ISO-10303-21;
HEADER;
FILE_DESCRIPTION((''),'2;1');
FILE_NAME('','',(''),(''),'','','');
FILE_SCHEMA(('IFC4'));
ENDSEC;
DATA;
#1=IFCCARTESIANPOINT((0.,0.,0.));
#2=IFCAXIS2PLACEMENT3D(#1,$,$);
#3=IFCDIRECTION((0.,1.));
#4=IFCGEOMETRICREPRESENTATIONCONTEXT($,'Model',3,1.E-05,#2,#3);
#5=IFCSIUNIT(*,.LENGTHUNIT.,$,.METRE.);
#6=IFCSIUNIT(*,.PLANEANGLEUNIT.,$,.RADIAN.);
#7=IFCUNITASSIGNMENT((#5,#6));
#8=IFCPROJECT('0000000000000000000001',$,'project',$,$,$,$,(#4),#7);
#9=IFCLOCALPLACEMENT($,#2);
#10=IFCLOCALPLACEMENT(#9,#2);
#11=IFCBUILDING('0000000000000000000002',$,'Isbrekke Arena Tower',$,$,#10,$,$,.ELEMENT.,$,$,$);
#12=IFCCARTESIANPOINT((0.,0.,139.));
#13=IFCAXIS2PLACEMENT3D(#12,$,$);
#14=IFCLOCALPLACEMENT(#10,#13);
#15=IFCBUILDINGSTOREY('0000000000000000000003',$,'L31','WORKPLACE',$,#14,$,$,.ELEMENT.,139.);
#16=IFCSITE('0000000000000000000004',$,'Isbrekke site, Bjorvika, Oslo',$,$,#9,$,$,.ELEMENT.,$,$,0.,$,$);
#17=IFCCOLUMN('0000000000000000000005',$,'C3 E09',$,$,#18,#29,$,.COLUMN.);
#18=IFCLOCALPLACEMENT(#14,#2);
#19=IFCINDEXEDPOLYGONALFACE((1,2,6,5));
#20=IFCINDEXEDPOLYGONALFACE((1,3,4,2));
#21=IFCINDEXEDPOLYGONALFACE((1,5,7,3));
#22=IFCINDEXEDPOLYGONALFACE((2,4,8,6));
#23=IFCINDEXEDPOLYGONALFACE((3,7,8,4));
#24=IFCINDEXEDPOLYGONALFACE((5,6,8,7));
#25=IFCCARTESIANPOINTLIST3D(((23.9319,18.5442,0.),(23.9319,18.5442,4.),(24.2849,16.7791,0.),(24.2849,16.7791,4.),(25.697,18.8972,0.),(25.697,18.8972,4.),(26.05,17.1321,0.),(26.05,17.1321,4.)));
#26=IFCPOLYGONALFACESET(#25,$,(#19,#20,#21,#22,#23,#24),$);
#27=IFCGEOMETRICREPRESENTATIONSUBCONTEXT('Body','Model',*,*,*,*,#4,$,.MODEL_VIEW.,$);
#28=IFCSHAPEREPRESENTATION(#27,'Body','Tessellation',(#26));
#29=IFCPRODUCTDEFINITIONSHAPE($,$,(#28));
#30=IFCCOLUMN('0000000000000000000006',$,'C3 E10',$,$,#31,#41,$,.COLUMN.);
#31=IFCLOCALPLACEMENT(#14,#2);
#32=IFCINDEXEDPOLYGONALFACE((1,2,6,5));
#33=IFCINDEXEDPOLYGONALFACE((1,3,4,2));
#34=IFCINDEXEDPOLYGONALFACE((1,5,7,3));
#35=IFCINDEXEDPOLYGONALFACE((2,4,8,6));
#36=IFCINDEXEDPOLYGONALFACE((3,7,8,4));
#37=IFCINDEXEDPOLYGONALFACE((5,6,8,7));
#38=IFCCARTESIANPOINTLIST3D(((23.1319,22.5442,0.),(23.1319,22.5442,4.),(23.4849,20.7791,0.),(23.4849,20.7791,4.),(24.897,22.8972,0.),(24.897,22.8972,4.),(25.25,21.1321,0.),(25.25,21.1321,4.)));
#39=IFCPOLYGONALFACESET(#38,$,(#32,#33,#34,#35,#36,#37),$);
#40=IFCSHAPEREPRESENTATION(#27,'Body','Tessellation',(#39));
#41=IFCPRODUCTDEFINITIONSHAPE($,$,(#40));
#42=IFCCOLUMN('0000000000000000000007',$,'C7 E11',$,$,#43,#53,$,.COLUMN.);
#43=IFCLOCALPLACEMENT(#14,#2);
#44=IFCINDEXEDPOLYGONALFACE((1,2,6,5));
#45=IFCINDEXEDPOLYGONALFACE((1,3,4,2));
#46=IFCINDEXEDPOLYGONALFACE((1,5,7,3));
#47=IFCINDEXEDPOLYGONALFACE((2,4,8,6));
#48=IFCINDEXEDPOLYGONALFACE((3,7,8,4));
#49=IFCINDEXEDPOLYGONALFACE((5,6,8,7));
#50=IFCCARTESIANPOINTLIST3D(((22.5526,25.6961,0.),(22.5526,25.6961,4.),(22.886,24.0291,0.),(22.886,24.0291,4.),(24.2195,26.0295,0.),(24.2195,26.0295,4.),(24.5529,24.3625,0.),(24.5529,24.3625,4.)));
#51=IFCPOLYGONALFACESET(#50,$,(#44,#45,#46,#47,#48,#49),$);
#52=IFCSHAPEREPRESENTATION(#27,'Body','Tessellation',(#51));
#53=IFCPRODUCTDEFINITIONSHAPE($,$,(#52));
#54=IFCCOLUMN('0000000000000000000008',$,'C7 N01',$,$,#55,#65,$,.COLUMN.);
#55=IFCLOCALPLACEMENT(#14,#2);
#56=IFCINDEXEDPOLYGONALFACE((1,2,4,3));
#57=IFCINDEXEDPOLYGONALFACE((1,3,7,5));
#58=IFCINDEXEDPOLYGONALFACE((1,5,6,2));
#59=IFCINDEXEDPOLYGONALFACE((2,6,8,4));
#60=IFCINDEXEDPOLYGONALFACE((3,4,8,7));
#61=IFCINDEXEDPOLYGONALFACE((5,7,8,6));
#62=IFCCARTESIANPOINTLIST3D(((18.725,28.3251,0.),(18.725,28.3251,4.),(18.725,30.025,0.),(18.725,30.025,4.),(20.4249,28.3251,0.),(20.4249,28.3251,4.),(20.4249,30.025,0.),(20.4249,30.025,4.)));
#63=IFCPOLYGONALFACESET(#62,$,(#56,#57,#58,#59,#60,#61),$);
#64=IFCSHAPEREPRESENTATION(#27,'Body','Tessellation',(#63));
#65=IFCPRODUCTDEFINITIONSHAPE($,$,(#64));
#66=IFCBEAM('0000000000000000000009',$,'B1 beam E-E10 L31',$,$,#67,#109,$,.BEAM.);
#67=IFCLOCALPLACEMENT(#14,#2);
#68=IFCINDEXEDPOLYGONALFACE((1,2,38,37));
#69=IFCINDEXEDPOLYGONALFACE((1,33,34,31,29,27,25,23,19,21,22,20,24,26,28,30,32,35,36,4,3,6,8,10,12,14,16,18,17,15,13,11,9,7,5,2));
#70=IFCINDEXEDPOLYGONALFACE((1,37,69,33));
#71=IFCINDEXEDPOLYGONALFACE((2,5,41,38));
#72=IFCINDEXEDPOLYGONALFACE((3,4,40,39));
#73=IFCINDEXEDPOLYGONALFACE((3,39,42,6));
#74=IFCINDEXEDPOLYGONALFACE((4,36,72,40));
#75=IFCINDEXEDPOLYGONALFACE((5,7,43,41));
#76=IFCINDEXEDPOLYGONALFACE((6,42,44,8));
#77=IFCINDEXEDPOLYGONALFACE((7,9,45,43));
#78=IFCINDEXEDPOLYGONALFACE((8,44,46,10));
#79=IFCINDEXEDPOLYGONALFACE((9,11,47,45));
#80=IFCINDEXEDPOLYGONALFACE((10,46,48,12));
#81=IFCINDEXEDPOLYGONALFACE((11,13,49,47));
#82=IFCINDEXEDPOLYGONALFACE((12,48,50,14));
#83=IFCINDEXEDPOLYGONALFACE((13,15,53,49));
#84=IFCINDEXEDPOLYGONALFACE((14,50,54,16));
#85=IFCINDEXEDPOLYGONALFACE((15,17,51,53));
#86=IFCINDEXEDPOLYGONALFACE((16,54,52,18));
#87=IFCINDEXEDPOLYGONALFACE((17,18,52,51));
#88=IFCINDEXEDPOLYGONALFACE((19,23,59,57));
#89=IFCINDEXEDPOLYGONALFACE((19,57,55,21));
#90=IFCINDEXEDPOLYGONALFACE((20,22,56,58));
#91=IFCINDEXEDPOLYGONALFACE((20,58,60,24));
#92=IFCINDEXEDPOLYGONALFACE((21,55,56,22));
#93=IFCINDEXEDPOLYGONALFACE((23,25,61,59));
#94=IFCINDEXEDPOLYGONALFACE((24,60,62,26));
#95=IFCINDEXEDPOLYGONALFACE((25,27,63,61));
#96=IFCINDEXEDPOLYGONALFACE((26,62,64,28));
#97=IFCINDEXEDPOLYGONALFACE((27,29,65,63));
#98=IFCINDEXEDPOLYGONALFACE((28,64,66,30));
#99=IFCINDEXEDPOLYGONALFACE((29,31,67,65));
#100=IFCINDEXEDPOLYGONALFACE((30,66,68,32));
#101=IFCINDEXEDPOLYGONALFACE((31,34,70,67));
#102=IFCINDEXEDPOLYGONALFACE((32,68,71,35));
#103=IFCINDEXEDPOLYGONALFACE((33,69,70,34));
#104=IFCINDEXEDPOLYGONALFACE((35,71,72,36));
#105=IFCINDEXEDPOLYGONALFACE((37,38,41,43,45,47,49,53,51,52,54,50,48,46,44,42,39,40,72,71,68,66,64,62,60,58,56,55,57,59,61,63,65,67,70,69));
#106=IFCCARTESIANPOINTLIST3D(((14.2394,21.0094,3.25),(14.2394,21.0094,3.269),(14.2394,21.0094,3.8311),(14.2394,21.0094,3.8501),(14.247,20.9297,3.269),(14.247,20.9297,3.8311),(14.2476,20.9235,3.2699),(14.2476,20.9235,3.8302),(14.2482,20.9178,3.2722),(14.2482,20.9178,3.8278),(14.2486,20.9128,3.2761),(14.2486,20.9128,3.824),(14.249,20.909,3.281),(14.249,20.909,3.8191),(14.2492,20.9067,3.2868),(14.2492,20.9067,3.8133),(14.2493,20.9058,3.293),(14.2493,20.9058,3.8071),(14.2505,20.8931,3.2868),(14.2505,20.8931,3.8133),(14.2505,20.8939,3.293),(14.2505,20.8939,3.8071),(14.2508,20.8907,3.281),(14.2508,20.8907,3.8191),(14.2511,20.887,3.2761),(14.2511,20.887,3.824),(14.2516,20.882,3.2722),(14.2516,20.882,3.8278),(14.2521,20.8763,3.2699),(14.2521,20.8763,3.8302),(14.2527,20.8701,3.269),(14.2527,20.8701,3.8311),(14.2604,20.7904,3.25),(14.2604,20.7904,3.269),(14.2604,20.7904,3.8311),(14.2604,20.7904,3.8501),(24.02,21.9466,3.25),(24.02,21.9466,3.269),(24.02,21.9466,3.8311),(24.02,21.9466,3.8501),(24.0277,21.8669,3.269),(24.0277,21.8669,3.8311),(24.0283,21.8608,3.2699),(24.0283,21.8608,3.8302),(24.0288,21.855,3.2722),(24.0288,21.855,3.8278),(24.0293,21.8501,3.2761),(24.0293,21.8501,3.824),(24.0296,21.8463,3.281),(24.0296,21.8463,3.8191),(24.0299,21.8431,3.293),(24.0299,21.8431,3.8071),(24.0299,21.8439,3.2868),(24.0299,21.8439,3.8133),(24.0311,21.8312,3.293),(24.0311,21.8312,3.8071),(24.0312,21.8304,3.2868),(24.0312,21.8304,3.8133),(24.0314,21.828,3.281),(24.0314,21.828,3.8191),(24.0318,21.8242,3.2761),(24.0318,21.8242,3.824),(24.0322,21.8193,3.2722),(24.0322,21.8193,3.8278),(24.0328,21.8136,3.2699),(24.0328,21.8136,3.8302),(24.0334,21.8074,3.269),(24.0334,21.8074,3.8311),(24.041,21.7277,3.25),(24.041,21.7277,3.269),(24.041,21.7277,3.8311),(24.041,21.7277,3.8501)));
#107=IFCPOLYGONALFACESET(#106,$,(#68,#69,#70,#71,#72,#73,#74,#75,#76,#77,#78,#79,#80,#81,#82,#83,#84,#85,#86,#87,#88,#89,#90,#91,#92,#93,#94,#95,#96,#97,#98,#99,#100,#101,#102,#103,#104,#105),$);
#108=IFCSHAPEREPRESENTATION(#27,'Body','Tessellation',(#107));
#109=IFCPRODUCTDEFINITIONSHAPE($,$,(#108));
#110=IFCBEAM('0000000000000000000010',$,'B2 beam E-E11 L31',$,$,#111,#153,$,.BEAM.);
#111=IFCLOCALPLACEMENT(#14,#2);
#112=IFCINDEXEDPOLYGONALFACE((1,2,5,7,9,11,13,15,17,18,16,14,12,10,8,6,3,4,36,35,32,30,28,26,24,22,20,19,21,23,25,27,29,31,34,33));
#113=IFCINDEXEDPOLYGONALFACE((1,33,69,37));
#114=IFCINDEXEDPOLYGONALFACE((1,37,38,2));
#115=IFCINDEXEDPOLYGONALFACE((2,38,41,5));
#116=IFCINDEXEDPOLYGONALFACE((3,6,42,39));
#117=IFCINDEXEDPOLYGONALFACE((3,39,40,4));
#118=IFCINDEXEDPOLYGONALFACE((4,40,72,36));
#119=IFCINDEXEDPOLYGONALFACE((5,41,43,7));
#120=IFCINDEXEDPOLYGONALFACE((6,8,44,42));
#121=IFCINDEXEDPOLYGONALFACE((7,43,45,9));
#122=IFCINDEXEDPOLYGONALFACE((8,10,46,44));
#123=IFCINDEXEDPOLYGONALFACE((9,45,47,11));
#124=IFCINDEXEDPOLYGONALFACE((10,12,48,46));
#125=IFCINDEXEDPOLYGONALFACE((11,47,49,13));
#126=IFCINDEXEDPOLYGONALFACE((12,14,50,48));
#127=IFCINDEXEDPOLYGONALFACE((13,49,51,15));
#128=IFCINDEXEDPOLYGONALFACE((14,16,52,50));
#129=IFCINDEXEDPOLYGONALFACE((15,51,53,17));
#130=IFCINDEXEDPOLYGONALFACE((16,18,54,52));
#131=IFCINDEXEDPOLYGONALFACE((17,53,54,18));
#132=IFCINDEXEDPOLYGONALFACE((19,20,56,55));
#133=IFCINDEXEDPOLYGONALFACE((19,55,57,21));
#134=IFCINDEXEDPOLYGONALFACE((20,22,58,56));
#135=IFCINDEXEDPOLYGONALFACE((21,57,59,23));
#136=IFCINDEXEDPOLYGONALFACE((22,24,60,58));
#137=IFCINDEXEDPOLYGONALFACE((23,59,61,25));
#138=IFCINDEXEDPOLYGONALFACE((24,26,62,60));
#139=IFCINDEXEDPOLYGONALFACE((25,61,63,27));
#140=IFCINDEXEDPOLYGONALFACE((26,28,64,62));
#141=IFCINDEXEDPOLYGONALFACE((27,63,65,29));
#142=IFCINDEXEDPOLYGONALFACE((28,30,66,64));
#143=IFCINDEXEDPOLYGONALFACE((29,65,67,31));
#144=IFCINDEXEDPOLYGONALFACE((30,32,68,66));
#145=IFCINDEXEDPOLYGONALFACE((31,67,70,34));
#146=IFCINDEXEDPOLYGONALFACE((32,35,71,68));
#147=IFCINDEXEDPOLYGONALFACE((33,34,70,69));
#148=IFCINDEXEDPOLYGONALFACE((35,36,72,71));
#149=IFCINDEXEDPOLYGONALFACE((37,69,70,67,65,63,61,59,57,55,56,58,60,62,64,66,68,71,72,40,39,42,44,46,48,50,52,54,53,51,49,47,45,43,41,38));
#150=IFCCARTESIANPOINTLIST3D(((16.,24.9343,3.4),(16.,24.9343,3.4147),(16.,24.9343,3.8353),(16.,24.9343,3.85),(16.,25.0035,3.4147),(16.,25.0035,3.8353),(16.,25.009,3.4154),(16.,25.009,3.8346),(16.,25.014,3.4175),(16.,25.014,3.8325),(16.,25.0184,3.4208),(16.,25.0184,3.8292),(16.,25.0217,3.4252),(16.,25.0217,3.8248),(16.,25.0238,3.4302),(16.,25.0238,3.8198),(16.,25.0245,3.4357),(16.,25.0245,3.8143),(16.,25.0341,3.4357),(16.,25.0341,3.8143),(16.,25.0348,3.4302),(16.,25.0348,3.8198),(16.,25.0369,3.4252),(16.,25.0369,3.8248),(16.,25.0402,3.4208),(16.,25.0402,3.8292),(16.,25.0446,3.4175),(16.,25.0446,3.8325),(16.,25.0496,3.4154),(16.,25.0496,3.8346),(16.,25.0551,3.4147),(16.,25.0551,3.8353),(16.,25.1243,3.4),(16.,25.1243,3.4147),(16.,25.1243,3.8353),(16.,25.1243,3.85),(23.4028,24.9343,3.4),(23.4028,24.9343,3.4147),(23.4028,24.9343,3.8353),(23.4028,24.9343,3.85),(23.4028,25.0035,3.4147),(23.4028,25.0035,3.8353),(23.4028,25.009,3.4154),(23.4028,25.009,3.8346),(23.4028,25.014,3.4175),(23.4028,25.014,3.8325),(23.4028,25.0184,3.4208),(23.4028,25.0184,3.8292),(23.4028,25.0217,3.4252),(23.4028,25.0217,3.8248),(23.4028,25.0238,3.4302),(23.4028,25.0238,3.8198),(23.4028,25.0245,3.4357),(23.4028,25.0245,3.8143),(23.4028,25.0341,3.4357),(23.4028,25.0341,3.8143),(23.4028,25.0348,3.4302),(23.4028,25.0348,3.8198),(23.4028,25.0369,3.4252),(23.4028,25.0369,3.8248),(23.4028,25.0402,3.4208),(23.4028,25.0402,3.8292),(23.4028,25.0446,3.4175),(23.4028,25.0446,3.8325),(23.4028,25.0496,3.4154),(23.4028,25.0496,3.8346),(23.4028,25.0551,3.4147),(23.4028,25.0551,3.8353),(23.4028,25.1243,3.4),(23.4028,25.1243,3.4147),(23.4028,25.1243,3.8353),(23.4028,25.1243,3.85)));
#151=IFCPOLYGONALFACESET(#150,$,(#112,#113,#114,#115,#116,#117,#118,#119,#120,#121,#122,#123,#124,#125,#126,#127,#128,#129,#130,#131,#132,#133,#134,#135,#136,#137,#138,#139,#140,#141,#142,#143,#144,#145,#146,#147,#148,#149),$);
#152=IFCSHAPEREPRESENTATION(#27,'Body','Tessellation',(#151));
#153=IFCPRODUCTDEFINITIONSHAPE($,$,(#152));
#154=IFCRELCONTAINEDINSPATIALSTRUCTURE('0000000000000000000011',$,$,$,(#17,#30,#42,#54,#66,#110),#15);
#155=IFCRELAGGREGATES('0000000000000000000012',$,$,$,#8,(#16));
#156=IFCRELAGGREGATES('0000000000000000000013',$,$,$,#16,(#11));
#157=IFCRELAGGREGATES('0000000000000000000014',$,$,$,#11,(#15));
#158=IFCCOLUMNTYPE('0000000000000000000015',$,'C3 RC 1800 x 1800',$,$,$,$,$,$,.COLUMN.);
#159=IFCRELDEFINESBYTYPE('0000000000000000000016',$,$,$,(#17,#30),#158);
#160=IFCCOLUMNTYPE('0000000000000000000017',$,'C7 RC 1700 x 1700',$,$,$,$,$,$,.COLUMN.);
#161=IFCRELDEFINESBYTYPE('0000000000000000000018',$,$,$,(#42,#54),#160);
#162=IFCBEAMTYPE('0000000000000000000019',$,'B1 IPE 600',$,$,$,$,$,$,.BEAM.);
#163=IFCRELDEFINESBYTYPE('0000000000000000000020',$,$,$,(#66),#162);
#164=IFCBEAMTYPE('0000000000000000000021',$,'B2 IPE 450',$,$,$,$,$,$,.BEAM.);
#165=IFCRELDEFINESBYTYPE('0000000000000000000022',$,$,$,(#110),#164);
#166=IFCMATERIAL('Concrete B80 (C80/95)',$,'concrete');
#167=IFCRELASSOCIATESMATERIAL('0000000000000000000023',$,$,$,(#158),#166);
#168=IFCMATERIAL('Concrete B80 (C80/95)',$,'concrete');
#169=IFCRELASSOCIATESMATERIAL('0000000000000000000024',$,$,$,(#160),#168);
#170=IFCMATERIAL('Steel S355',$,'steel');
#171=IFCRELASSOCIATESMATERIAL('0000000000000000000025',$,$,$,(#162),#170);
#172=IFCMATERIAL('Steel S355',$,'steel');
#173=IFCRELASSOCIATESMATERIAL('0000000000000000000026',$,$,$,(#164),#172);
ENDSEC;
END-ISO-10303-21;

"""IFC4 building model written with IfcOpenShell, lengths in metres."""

from ifc_helpers import new_model, si_unit, direction, frame, origin, origin_2d, place, context, subcontext, project, spatial, rectangle, i_section, extrude, material, material_profile, profile_set, type_object, element, save


model = new_model("IFC4")

# Units and contexts
model_context = context("Model", 3, precision=1e-05, world=origin(), true_north=direction((0.0, 1.0)))
body_context = subcontext(model_context, "Body", "Model", "MODEL_VIEW")
ifc_project = project(units=[si_unit("LENGTHUNIT", "METRE"), si_unit("PLANEANGLEUNIT", "RADIAN")], contexts=[model_context])

# Site, building, storey
site_placement = place(None, origin())
site = spatial("IfcSite", under=ifc_project, at=site_placement, Name="Isbrekke site, Bjorvika, Oslo", CompositionType="ELEMENT", RefElevation=0.0)
building_placement = place(site_placement, origin())
building = spatial("IfcBuilding", under=site, at=building_placement, Name="Isbrekke Arena Tower", CompositionType="ELEMENT")
storey_placement = place(building_placement, frame((0.0, 0.0, 139.0)))
storey = spatial("IfcBuildingStorey", under=building, at=storey_placement, Name="L31", Description="WORKPLACE", CompositionType="ELEMENT", Elevation=139.0)

# Columns
ifc_material_1 = material(Name="Concrete B80 (C80/95)", Category="concrete")
ifc_material_profile_1 = material_profile(ifc_material_1, rectangle(XDim=1.8, YDim=1.8, at=origin_2d()), Name="RC 1800x1800")
ifc_profile_set_1 = profile_set([ifc_material_profile_1], Name="Concrete B80 (C80/95)")
column_type_1 = type_object("IfcColumnType", Name="C3 RC 1800 x 1800", PredefinedType="COLUMN", material=ifc_profile_set_1)
for number, where, z_axis, x_axis, name in (
    (1, (24.991, 17.8381, 0.0), (0.0, 0.0, 1.0), (-0.196116, 0.980581, 0.0), "C3 E09"),
    (2, (24.1909, 21.8381, 0.0), (0.0, 0.0, 1.0), (-0.196116, 0.980581, 0.0), "C3 E10"),
):
    element("IfcColumn", number, at=place(storey_placement, frame(where, z_axis=z_axis, x_axis=x_axis)), inside=storey, type_object=column_type_1, Name=name, PredefinedType="COLUMN", context=body_context, shape_type="SweptSolid", body=[
        extrude(rectangle(XDim=1.8, YDim=1.8, at=origin_2d()), origin(), (0.0, 0.0, 1.0), 4.0),
    ])
ifc_material_2 = material(Name="Concrete B80 (C80/95)", Category="concrete")
ifc_material_profile_2 = material_profile(ifc_material_2, rectangle(XDim=1.7, YDim=1.7, at=origin_2d()), Name="RC 1700x1700")
ifc_profile_set_2 = profile_set([ifc_material_profile_2], Name="Concrete B80 (C80/95)")
column_type_2 = type_object("IfcColumnType", Name="C7 RC 1700 x 1700", PredefinedType="COLUMN", material=ifc_profile_set_2)
for number, where, z_axis, x_axis, name in (
    (3, (23.5527, 25.0293, 0.0), (0.0, 0.0, 1.0), (-0.196116, 0.980581, 0.0), "C7 E11"),
    (4, (19.575, 29.175, 0.0), (0.0, 0.0, 1.0), (-1.0, 0.0, 0.0), "C7 N01"),
):
    element("IfcColumn", number, at=place(storey_placement, frame(where, z_axis=z_axis, x_axis=x_axis)), inside=storey, type_object=column_type_2, Name=name, PredefinedType="COLUMN", context=body_context, shape_type="SweptSolid", body=[
        extrude(rectangle(XDim=1.7, YDim=1.7, at=origin_2d()), origin(), (0.0, 0.0, 1.0), 4.0),
    ])

# Beams
ifc_material_3 = material(Name="Steel S355", Category="steel")
ifc_material_profile_3 = material_profile(ifc_material_3, i_section(OverallWidth=0.22, OverallDepth=0.6001, WebThickness=0.012, FlangeThickness=0.019, FilletRadius=0.0239, at=origin_2d()), Name="IPE 600")
ifc_profile_set_3 = profile_set([ifc_material_profile_3], Name="Steel S355")
beam_type_1 = type_object("IfcBeamType", Name="B1 IPE 600", PredefinedType="BEAM", material=ifc_profile_set_3)
beam_1_placement = place(storey_placement, frame((24.0305, 21.8372, 3.55), z_axis=(-0.99544, -0.095392, 0.0), x_axis=(0.095392, -0.99544, 0.0)))
element("IfcBeam", 5, at=beam_1_placement, inside=storey, type_object=beam_type_1, Name="B1 beam E-E10 L31", PredefinedType="BEAM", context=body_context, shape_type="SweptSolid", body=[
    extrude(i_section(OverallWidth=0.22, OverallDepth=0.6001, WebThickness=0.012, FlangeThickness=0.019, FilletRadius=0.0239, at=origin_2d()), origin(), (0.0, 0.0, 1.0), 9.8254),
])
ifc_material_4 = material(Name="Steel S355", Category="steel")
ifc_material_profile_4 = material_profile(ifc_material_4, i_section(OverallWidth=0.1899, OverallDepth=0.45, WebThickness=0.0095, FlangeThickness=0.0146, FilletRadius=0.021, at=origin_2d()), Name="IPE 450")
ifc_profile_set_4 = profile_set([ifc_material_profile_4], Name="Steel S355")
beam_type_2 = type_object("IfcBeamType", Name="B2 IPE 450", PredefinedType="BEAM", material=ifc_profile_set_4)
beam_2_placement = place(storey_placement, frame((23.4028, 25.0293, 3.625), z_axis=(-1.0, 0.0, 0.0), x_axis=(0.0, -1.0, 0.0)))
element("IfcBeam", 6, at=beam_2_placement, inside=storey, type_object=beam_type_2, Name="B2 beam E-E11 L31", PredefinedType="BEAM", context=body_context, shape_type="SweptSolid", body=[
    extrude(i_section(OverallWidth=0.1899, OverallDepth=0.45, WebThickness=0.0095, FlangeThickness=0.0146, FilletRadius=0.021, at=origin_2d()), origin(), (0.0, 0.0, 1.0), 7.4028),
])

save(model, "model.ifc")
